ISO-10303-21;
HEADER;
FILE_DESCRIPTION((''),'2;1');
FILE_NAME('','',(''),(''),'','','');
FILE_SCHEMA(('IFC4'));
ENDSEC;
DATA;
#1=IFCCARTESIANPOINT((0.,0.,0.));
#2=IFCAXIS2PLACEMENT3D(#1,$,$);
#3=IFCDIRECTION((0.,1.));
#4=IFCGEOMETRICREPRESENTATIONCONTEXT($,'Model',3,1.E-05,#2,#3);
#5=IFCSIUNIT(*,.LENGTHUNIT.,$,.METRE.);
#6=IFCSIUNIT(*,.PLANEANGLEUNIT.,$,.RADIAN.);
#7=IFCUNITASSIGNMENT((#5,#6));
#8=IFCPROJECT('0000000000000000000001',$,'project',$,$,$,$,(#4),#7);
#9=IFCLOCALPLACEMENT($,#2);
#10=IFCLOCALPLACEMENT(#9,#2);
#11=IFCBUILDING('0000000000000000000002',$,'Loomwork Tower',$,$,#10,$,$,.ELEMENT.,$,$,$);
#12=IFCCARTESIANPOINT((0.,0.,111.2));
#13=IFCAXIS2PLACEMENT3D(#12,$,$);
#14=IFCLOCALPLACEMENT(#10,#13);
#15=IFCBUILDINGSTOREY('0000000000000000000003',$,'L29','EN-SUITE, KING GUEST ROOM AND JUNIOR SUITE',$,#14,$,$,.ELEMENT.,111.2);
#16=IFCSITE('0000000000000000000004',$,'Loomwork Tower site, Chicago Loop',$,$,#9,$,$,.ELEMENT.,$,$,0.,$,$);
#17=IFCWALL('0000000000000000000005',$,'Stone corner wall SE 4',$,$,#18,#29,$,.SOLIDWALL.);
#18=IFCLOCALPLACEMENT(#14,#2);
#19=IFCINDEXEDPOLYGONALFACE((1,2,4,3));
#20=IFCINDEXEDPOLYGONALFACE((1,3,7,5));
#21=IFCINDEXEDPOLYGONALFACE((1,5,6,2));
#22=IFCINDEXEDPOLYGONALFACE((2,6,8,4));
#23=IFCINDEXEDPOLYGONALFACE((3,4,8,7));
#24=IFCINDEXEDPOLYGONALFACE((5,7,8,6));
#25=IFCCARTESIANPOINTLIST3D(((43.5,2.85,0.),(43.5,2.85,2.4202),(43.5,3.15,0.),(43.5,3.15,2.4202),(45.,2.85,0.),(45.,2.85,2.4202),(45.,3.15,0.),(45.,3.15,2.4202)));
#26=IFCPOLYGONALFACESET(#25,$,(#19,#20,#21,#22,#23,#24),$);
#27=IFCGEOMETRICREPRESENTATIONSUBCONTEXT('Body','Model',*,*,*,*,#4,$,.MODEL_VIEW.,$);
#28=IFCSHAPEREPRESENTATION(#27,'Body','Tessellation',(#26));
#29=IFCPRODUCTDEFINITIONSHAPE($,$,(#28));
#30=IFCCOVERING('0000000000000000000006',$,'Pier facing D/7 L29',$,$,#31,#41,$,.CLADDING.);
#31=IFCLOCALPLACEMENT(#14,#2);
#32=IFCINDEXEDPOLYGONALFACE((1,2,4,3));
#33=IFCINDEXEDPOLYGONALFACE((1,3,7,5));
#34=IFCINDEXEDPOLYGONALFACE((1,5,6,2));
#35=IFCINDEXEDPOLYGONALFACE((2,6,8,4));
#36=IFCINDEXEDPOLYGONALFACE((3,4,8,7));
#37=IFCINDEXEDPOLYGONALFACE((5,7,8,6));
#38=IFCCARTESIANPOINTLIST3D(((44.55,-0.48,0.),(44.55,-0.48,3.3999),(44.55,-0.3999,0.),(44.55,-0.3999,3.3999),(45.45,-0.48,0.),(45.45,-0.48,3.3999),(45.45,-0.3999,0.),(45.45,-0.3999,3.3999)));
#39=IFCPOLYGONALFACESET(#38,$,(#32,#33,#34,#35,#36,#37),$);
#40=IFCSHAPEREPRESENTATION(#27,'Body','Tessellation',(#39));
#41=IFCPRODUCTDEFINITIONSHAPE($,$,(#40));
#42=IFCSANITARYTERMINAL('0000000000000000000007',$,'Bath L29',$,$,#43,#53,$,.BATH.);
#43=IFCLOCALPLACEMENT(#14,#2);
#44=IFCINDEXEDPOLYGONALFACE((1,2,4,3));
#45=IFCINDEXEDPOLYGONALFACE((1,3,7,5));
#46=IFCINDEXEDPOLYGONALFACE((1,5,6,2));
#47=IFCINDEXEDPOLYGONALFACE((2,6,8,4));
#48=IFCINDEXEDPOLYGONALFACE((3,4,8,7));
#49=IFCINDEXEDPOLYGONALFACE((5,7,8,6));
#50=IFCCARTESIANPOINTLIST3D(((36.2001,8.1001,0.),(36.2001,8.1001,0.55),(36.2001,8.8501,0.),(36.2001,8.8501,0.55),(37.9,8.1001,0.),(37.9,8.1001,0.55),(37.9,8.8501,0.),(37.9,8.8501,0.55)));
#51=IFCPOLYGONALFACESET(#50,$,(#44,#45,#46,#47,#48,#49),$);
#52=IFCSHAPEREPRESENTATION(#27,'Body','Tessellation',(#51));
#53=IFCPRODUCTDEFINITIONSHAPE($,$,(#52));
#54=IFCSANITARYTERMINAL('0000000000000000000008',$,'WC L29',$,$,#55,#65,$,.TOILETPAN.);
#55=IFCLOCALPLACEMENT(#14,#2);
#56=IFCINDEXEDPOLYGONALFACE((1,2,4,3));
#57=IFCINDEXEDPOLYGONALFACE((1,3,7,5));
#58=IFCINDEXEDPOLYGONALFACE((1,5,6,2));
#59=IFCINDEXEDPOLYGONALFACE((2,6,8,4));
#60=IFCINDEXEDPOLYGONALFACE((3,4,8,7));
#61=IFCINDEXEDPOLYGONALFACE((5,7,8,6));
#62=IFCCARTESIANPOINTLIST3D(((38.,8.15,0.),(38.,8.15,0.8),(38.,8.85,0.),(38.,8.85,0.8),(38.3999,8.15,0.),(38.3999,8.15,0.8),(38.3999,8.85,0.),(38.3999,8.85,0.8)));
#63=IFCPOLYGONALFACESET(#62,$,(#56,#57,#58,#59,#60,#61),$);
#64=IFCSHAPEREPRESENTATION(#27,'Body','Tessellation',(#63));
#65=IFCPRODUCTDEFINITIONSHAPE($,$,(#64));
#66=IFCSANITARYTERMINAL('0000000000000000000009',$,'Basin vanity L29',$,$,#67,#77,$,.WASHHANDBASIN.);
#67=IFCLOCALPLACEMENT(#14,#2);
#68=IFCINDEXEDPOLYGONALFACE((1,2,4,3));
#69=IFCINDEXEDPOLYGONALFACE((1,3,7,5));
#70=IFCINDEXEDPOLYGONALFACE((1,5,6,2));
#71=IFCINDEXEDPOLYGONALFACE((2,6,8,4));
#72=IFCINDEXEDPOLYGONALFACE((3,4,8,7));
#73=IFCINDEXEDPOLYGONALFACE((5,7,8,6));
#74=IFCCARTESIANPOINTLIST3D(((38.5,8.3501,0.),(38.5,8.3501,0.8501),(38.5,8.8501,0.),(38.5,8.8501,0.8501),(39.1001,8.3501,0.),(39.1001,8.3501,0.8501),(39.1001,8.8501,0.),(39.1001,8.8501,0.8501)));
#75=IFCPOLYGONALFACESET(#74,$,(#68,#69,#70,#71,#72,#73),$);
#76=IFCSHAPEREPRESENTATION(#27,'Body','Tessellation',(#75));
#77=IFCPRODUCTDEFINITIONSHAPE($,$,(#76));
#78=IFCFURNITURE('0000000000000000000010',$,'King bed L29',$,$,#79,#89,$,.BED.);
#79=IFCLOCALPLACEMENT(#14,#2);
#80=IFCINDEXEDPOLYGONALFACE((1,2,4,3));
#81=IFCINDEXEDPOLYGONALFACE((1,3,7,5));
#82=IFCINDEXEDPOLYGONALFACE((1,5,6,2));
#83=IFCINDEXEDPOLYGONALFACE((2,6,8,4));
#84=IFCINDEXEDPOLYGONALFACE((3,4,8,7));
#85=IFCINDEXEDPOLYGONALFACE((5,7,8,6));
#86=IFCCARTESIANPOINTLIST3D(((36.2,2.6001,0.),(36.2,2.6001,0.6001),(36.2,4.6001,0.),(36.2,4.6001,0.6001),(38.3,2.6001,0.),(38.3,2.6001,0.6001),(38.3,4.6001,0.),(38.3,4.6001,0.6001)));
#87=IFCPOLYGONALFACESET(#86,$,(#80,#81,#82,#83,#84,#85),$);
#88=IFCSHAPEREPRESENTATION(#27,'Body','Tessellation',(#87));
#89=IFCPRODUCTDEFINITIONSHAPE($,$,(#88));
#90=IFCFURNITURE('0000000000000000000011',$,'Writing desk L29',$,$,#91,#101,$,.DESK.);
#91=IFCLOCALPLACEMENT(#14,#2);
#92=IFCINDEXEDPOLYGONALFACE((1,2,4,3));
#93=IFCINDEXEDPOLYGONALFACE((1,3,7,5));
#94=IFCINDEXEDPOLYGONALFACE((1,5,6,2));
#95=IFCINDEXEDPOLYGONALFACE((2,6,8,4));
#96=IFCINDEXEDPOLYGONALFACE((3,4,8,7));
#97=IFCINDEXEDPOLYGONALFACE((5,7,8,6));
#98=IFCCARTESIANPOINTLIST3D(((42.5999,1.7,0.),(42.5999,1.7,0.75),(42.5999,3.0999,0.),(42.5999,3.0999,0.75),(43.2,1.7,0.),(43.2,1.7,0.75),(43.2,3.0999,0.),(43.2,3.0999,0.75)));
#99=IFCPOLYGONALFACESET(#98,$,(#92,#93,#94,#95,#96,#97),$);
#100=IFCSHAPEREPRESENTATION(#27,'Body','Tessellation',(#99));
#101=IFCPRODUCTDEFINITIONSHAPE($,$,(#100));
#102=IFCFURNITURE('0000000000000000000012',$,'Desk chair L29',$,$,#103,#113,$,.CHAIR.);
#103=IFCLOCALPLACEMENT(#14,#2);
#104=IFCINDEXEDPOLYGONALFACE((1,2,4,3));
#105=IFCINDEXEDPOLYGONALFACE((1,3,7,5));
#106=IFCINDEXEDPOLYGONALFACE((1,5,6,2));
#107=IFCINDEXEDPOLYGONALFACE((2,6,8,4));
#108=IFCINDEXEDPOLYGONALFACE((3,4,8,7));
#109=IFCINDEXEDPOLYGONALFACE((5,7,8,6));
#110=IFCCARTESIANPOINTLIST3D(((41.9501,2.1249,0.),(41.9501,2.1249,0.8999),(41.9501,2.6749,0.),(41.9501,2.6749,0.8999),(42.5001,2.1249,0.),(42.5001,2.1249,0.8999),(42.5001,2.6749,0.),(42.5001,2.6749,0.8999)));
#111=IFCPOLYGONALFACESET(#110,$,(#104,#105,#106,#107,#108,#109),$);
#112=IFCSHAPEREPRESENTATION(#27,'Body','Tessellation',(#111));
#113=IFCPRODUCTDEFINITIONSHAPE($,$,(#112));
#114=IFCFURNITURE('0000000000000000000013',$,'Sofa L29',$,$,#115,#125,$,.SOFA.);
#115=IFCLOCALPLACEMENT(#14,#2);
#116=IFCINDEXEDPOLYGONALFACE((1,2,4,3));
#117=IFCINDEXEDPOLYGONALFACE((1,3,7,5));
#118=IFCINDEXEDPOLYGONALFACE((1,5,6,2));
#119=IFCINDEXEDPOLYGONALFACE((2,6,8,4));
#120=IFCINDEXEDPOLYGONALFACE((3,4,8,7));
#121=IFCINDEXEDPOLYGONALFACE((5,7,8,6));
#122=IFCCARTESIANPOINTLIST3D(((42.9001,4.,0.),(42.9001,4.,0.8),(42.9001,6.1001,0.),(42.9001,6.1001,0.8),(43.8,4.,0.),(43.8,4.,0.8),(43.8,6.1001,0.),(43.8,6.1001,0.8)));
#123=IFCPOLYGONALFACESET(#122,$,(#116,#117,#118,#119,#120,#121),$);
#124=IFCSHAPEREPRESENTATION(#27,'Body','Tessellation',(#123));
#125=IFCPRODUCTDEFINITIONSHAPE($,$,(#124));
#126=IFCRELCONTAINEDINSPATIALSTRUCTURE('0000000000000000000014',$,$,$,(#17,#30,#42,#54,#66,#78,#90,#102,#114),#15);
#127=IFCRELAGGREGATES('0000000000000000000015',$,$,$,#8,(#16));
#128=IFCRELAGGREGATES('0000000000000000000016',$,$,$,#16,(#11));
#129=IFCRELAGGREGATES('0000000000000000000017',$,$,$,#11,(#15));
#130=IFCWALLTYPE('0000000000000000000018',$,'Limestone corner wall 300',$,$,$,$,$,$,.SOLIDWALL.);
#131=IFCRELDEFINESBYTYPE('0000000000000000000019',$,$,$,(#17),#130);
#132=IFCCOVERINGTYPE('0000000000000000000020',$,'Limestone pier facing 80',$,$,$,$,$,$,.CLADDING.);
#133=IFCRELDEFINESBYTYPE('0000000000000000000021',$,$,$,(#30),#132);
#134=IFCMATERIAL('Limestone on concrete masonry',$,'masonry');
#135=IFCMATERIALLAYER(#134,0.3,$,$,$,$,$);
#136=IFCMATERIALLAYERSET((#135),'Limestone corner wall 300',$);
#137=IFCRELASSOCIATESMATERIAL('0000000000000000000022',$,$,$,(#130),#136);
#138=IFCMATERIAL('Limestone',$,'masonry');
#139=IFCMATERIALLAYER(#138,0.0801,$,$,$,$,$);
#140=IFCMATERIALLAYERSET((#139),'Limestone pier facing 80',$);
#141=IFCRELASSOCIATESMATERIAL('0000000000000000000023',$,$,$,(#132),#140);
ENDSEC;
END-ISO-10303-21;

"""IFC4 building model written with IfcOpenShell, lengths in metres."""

from ifc_helpers import new_model, si_unit, direction, frame, frame_2d, origin, origin_2d, place, context, subcontext, project, spatial, rectangle, extrude, material, layer, layer_set, type_object, element, save


model = new_model("IFC4")

# Units and contexts
model_context = context("Model", 3, precision=1e-05, world=origin(), true_north=direction((0.0, 1.0)))
body_context = subcontext(model_context, "Body", "Model", "MODEL_VIEW")
ifc_project = project(units=[si_unit("LENGTHUNIT", "METRE"), si_unit("PLANEANGLEUNIT", "RADIAN")], contexts=[model_context])

# Site, building, storey
site_placement = place(None, origin())
site = spatial("IfcSite", under=ifc_project, at=site_placement, Name="Loomwork Tower site, Chicago Loop", CompositionType="ELEMENT", RefElevation=0.0)
building_placement = place(site_placement, origin())
building = spatial("IfcBuilding", under=site, at=building_placement, Name="Loomwork Tower", CompositionType="ELEMENT")
storey_placement = place(building_placement, frame((0.0, 0.0, 111.2)))
storey = spatial("IfcBuildingStorey", under=building, at=storey_placement, Name="L29", Description="EN-SUITE, KING GUEST ROOM AND JUNIOR SUITE", CompositionType="ELEMENT", Elevation=111.2)

# Shared definitions
ifc_material_1 = material(Name="Limestone on concrete masonry", Category="masonry")
ifc_layer_1 = layer(ifc_material_1, 0.3)
ifc_layer_set_1 = layer_set([ifc_layer_1], Name="Limestone corner wall 300")
wall_type_1 = type_object("IfcWallType", Name="Limestone corner wall 300", PredefinedType="SOLIDWALL", material=ifc_layer_set_1)

# Wall
wall_1_placement = place(storey_placement, frame((43.5, 3.0, 0.0), z_axis=(0.0, 0.0, 1.0), x_axis=(1.0, 0.0, 0.0)))
element("IfcWall", 1, at=wall_1_placement, inside=storey, type_object=wall_type_1, Name="Stone corner wall SE 4", PredefinedType="SOLIDWALL", context=body_context, shape_type="SweptSolid", body=[
    extrude(rectangle(XDim=1.5, YDim=0.3, at=frame_2d((0.75, 0.0))), origin(), (0.0, 0.0, 1.0), 2.4202),
])

# Covering
ifc_material_2 = material(Name="Limestone", Category="masonry")
ifc_layer_2 = layer(ifc_material_2, 0.0801)
ifc_layer_set_2 = layer_set([ifc_layer_2], Name="Limestone pier facing 80")
covering_type = type_object("IfcCoveringType", Name="Limestone pier facing 80", PredefinedType="CLADDING", material=ifc_layer_set_2)
covering_placement = place(storey_placement, frame((45.0, -0.4399, 0.0), z_axis=(0.0, 0.0, 1.0), x_axis=(1.0, 0.0, 0.0)))
element("IfcCovering", 2, at=covering_placement, inside=storey, type_object=covering_type, Name="Pier facing D/7 L29", PredefinedType="CLADDING", context=body_context, shape_type="SweptSolid", body=[
    extrude(rectangle(XDim=0.8999, YDim=0.0801, at=origin_2d()), origin(), (0.0, 0.0, 1.0), 3.3999),
])

# Sanitary terminals
sanitary_terminal_1_placement = place(storey_placement, frame((37.05, 8.4751, 0.0), z_axis=(0.0, 0.0, 1.0), x_axis=(1.0, 0.0, 0.0)))
element("IfcSanitaryTerminal", 3, at=sanitary_terminal_1_placement, inside=storey, Name="Bath L29", PredefinedType="BATH", context=body_context, shape_type="SweptSolid", body=[
    extrude(rectangle(XDim=1.7, YDim=0.75, at=origin_2d()), origin(), (0.0, 0.0, 1.0), 0.55),
])
sanitary_terminal_2_placement = place(storey_placement, frame((38.2, 8.5, 0.0), z_axis=(0.0, 0.0, 1.0), x_axis=(1.0, 0.0, 0.0)))
element("IfcSanitaryTerminal", 4, at=sanitary_terminal_2_placement, inside=storey, Name="WC L29", PredefinedType="TOILETPAN", context=body_context, shape_type="SweptSolid", body=[
    extrude(rectangle(XDim=0.3999, YDim=0.7, at=origin_2d()), origin(), (0.0, 0.0, 1.0), 0.8),
])
sanitary_terminal_3_placement = place(storey_placement, frame((38.8, 8.6001, 0.0), z_axis=(0.0, 0.0, 1.0), x_axis=(1.0, 0.0, 0.0)))
element("IfcSanitaryTerminal", 5, at=sanitary_terminal_3_placement, inside=storey, Name="Basin vanity L29", PredefinedType="WASHHANDBASIN", context=body_context, shape_type="SweptSolid", body=[
    extrude(rectangle(XDim=0.6001, YDim=0.5, at=origin_2d()), origin(), (0.0, 0.0, 1.0), 0.8501),
])

# Furniture
furniture_1_placement = place(storey_placement, frame((37.25, 3.6001, 0.0), z_axis=(0.0, 0.0, 1.0), x_axis=(1.0, 0.0, 0.0)))
element("IfcFurniture", 6, at=furniture_1_placement, inside=storey, Name="King bed L29", PredefinedType="BED", context=body_context, shape_type="SweptSolid", body=[
    extrude(rectangle(XDim=2.1001, YDim=2.0, at=origin_2d()), origin(), (0.0, 0.0, 1.0), 0.6001),
])
furniture_2_placement = place(storey_placement, frame((42.8999, 2.3999, 0.0), z_axis=(0.0, 0.0, 1.0), x_axis=(1.0, 0.0, 0.0)))
element("IfcFurniture", 7, at=furniture_2_placement, inside=storey, Name="Writing desk L29", PredefinedType="DESK", context=body_context, shape_type="SweptSolid", body=[
    extrude(rectangle(XDim=0.6001, YDim=1.3999, at=origin_2d()), origin(), (0.0, 0.0, 1.0), 0.75),
])
furniture_3_placement = place(storey_placement, frame((42.2251, 2.3999, 0.0), z_axis=(0.0, 0.0, 1.0), x_axis=(1.0, 0.0, 0.0)))
element("IfcFurniture", 8, at=furniture_3_placement, inside=storey, Name="Desk chair L29", PredefinedType="CHAIR", context=body_context, shape_type="SweptSolid", body=[
    extrude(rectangle(XDim=0.55, YDim=0.55, at=origin_2d()), origin(), (0.0, 0.0, 1.0), 0.8999),
])
furniture_4_placement = place(storey_placement, frame((43.3501, 5.05, 0.0), z_axis=(0.0, 0.0, 1.0), x_axis=(1.0, 0.0, 0.0)))
element("IfcFurniture", 9, at=furniture_4_placement, inside=storey, Name="Sofa L29", PredefinedType="SOFA", context=body_context, shape_type="SweptSolid", body=[
    extrude(rectangle(XDim=0.8999, YDim=2.1001, at=origin_2d()), origin(), (0.0, 0.0, 1.0), 0.8),
])

save(model, "model.ifc")
